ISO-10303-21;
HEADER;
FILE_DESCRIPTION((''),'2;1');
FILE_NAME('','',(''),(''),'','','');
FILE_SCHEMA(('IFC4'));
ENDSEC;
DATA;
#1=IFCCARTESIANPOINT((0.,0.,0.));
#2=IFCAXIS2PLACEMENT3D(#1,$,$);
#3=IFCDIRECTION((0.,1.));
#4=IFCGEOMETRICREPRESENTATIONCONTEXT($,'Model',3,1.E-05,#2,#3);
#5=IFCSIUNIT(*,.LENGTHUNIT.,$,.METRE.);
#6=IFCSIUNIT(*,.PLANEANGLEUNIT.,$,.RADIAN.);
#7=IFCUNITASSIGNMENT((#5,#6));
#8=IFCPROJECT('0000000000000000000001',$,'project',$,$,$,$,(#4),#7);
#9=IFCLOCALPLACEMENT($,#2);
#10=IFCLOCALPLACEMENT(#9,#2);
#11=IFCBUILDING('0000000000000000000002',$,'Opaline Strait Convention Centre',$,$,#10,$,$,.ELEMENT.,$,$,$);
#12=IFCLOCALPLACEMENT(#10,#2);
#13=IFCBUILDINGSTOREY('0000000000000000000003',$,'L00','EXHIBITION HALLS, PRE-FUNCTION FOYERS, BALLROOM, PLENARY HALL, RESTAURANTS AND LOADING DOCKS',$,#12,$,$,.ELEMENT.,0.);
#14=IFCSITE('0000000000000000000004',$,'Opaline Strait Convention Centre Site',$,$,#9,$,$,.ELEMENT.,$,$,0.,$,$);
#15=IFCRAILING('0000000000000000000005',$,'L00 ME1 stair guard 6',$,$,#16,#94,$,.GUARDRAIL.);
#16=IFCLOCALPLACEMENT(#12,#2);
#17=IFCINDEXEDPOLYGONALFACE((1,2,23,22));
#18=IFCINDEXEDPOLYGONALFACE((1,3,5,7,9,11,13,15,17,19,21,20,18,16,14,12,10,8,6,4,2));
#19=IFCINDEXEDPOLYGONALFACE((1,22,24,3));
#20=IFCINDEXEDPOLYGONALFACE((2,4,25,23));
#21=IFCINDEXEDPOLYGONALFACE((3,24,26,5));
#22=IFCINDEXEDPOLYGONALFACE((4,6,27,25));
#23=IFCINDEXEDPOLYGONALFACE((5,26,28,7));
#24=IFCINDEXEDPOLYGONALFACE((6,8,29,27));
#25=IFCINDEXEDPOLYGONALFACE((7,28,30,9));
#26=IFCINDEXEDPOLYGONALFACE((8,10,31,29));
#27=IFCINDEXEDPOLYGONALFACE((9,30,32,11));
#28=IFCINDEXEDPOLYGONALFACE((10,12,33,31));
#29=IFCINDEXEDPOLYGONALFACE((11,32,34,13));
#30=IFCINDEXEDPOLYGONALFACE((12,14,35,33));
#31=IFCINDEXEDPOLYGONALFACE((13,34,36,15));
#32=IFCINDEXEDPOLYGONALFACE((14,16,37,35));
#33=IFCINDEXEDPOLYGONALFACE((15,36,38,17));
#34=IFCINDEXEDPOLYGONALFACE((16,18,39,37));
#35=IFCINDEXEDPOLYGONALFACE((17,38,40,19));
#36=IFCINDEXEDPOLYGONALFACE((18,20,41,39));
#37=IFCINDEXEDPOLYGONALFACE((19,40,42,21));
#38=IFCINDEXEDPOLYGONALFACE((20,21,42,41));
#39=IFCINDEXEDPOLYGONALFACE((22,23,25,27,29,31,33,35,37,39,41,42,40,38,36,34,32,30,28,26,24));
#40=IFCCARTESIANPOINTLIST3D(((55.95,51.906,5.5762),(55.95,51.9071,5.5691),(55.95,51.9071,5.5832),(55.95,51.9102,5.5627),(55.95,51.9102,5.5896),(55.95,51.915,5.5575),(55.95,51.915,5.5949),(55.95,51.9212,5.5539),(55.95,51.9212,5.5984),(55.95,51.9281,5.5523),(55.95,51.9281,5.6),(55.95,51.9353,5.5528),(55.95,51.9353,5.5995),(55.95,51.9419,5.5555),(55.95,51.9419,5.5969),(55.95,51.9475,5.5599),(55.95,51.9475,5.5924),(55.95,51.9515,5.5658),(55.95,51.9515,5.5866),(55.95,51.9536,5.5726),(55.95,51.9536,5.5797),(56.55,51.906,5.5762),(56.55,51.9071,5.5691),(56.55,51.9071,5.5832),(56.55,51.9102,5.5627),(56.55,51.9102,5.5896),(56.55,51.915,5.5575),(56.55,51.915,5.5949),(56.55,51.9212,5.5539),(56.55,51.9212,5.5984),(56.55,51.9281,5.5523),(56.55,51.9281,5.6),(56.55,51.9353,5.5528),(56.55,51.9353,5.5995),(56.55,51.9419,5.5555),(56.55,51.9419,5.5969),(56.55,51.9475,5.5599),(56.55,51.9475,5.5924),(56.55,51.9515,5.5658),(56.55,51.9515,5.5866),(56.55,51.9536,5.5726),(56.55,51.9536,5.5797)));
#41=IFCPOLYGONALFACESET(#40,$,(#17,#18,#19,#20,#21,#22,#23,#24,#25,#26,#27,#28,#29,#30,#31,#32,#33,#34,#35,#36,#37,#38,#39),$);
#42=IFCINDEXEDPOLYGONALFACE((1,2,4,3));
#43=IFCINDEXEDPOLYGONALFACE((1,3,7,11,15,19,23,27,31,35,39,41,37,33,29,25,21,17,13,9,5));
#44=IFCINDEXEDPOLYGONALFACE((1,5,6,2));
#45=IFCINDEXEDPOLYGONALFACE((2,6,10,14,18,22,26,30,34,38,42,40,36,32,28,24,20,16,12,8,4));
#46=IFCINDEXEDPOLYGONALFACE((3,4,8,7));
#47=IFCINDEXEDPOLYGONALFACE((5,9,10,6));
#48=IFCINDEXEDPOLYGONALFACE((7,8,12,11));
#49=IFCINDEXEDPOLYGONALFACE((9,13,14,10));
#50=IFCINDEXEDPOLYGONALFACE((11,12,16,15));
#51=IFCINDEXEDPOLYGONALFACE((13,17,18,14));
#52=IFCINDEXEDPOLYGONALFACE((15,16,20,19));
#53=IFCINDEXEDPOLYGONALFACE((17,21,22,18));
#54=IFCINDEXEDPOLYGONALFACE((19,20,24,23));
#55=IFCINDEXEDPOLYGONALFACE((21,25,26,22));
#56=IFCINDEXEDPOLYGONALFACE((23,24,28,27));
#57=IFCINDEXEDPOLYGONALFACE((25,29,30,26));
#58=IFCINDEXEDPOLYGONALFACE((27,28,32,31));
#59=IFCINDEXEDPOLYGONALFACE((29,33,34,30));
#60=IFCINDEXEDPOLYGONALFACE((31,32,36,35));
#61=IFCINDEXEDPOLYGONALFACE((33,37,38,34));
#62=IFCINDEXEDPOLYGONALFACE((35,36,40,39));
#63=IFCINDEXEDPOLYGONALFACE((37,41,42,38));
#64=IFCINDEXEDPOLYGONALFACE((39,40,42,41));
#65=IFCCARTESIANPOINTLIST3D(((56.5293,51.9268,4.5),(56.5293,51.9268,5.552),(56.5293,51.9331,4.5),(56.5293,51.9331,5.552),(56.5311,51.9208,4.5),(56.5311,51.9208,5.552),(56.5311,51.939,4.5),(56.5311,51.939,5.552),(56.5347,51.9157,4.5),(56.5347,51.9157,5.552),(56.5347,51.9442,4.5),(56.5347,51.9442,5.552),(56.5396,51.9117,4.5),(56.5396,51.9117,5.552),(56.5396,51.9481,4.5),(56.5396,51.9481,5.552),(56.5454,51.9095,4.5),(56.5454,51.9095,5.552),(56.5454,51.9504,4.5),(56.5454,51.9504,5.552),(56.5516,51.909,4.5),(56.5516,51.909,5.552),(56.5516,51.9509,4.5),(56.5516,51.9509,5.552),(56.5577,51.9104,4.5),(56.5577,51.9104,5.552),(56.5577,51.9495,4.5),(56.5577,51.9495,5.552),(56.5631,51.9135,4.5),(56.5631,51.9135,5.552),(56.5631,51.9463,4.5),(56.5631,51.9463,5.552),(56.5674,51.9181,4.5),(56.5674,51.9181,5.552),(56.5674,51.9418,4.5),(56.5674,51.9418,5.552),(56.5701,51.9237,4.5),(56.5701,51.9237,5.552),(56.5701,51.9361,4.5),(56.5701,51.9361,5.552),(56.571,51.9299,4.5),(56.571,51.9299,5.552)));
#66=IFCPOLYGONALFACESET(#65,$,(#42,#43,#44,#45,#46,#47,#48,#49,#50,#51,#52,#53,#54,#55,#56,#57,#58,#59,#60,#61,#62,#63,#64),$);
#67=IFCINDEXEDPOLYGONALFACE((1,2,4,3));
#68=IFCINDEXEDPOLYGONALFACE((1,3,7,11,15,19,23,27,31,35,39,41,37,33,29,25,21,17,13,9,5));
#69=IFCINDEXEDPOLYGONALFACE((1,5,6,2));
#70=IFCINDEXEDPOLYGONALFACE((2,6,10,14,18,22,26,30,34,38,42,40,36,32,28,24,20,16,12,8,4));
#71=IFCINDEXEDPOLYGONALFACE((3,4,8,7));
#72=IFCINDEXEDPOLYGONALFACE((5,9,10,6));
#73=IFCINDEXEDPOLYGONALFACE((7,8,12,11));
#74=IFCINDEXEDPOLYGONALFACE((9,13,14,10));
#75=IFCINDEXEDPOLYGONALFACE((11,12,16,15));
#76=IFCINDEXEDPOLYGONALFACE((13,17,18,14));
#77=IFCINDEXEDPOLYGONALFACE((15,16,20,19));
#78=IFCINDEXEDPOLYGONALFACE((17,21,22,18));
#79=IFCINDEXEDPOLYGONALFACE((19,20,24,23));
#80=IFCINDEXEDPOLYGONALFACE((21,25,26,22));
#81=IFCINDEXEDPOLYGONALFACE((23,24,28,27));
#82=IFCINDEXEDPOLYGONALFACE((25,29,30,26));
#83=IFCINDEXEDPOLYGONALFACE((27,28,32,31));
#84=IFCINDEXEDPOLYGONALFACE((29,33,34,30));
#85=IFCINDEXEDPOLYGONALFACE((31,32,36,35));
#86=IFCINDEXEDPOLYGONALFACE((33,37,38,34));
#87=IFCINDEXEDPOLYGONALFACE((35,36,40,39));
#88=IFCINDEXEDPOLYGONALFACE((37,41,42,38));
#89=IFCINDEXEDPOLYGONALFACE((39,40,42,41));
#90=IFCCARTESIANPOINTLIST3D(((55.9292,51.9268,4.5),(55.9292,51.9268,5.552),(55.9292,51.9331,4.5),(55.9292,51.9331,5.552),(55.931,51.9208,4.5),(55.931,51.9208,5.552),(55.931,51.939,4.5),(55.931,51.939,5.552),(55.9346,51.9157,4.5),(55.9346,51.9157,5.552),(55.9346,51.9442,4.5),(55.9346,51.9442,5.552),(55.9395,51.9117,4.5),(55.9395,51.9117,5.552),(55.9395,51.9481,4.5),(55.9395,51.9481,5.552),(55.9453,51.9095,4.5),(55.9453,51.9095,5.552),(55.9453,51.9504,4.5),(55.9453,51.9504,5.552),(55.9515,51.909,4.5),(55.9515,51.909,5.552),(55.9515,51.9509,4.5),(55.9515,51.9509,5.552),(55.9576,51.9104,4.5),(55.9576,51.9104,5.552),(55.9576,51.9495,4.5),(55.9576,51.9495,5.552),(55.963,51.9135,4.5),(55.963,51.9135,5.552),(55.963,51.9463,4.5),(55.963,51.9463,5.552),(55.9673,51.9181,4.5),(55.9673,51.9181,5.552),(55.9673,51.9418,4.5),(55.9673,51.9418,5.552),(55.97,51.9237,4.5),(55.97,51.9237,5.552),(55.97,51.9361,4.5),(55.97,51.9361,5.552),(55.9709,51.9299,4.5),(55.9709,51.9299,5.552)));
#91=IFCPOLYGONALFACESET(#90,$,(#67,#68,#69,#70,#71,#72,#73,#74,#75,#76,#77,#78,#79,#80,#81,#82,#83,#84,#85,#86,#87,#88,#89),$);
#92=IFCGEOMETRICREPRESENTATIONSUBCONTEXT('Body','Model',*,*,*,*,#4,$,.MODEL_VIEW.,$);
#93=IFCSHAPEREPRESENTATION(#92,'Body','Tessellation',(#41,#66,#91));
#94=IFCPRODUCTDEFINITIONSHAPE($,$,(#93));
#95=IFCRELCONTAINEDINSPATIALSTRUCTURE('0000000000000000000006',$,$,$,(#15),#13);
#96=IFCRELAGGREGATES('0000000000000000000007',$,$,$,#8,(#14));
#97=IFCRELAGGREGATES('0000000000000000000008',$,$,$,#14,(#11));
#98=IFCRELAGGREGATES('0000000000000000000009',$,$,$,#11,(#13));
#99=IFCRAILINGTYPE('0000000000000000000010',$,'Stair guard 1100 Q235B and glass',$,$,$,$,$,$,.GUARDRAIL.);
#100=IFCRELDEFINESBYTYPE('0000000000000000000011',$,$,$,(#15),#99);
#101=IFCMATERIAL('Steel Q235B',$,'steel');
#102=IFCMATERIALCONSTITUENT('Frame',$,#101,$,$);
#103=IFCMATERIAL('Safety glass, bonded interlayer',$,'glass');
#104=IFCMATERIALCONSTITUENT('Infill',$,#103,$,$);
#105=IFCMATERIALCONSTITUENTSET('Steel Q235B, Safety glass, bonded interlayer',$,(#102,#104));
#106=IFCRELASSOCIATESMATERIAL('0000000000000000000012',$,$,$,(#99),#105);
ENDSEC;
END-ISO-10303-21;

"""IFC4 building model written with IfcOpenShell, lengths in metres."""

from ifc_helpers import new_model, si_unit, direction, frame, origin, origin_2d, place, context, subcontext, project, spatial, circle, extrude, material, constituent, constituent_set, type_object, element, save


model = new_model("IFC4")

# Units and contexts
model_context = context("Model", 3, precision=1e-05, world=origin(), true_north=direction((0.0, 1.0)))
body_context = subcontext(model_context, "Body", "Model", "MODEL_VIEW")
ifc_project = project(units=[si_unit("LENGTHUNIT", "METRE"), si_unit("PLANEANGLEUNIT", "RADIAN")], contexts=[model_context])

# Site, building, storey
site_placement = place(None, origin())
site = spatial("IfcSite", under=ifc_project, at=site_placement, Name="Opaline Strait Convention Centre Site", CompositionType="ELEMENT", RefElevation=0.0)
building_placement = place(site_placement, origin())
building = spatial("IfcBuilding", under=site, at=building_placement, Name="Opaline Strait Convention Centre", CompositionType="ELEMENT")
storey_placement = place(building_placement, origin())
storey = spatial("IfcBuildingStorey", under=building, at=storey_placement, Name="L00", Description="EXHIBITION HALLS, PRE-FUNCTION FOYERS, BALLROOM, PLENARY HALL, RESTAURANTS AND LOADING DOCKS", CompositionType="ELEMENT", Elevation=0.0)

# Railing
ifc_material_1 = material(Name="Steel Q235B", Category="steel")
ifc_constituent_1 = constituent(ifc_material_1, Name="Frame")
ifc_material_2 = material(Name="Safety glass, bonded interlayer", Category="glass")
ifc_constituent_2 = constituent(ifc_material_2, Name="Infill")
ifc_constituent_set = constituent_set(constituents=[ifc_constituent_1, ifc_constituent_2], Name="Steel Q235B, Safety glass, bonded interlayer")
railing_type_1 = type_object("IfcRailingType", Name="Stair guard 1100 Q235B and glass", PredefinedType="GUARDRAIL", material=ifc_constituent_set)
railing_1_placement = place(storey_placement, frame((56.55, 51.9299, 4.5)))
element("IfcRailing", 1, at=railing_1_placement, inside=storey, type_object=railing_type_1, Name="L00 ME1 stair guard 6", PredefinedType="GUARDRAIL", context=body_context, shape_type="SweptSolid", body=[
    extrude(circle(Radius=0.0239, at=origin_2d()), frame((0.0, 0.0, 1.0762), z_axis=(-1.0, 0.0, 0.0), x_axis=(0.0, -1.0, 0.0)), (0.0, 0.0, 1.0), 0.6001),
    extrude(circle(Radius=0.021, at=origin_2d()), origin(), (0.0, 0.0, 1.0), 1.052),
    extrude(circle(Radius=0.021, at=origin_2d()), frame((-0.6001, 0.0, 0.0)), (0.0, 0.0, 1.0), 1.052),
])

save(model, "model.ifc")
